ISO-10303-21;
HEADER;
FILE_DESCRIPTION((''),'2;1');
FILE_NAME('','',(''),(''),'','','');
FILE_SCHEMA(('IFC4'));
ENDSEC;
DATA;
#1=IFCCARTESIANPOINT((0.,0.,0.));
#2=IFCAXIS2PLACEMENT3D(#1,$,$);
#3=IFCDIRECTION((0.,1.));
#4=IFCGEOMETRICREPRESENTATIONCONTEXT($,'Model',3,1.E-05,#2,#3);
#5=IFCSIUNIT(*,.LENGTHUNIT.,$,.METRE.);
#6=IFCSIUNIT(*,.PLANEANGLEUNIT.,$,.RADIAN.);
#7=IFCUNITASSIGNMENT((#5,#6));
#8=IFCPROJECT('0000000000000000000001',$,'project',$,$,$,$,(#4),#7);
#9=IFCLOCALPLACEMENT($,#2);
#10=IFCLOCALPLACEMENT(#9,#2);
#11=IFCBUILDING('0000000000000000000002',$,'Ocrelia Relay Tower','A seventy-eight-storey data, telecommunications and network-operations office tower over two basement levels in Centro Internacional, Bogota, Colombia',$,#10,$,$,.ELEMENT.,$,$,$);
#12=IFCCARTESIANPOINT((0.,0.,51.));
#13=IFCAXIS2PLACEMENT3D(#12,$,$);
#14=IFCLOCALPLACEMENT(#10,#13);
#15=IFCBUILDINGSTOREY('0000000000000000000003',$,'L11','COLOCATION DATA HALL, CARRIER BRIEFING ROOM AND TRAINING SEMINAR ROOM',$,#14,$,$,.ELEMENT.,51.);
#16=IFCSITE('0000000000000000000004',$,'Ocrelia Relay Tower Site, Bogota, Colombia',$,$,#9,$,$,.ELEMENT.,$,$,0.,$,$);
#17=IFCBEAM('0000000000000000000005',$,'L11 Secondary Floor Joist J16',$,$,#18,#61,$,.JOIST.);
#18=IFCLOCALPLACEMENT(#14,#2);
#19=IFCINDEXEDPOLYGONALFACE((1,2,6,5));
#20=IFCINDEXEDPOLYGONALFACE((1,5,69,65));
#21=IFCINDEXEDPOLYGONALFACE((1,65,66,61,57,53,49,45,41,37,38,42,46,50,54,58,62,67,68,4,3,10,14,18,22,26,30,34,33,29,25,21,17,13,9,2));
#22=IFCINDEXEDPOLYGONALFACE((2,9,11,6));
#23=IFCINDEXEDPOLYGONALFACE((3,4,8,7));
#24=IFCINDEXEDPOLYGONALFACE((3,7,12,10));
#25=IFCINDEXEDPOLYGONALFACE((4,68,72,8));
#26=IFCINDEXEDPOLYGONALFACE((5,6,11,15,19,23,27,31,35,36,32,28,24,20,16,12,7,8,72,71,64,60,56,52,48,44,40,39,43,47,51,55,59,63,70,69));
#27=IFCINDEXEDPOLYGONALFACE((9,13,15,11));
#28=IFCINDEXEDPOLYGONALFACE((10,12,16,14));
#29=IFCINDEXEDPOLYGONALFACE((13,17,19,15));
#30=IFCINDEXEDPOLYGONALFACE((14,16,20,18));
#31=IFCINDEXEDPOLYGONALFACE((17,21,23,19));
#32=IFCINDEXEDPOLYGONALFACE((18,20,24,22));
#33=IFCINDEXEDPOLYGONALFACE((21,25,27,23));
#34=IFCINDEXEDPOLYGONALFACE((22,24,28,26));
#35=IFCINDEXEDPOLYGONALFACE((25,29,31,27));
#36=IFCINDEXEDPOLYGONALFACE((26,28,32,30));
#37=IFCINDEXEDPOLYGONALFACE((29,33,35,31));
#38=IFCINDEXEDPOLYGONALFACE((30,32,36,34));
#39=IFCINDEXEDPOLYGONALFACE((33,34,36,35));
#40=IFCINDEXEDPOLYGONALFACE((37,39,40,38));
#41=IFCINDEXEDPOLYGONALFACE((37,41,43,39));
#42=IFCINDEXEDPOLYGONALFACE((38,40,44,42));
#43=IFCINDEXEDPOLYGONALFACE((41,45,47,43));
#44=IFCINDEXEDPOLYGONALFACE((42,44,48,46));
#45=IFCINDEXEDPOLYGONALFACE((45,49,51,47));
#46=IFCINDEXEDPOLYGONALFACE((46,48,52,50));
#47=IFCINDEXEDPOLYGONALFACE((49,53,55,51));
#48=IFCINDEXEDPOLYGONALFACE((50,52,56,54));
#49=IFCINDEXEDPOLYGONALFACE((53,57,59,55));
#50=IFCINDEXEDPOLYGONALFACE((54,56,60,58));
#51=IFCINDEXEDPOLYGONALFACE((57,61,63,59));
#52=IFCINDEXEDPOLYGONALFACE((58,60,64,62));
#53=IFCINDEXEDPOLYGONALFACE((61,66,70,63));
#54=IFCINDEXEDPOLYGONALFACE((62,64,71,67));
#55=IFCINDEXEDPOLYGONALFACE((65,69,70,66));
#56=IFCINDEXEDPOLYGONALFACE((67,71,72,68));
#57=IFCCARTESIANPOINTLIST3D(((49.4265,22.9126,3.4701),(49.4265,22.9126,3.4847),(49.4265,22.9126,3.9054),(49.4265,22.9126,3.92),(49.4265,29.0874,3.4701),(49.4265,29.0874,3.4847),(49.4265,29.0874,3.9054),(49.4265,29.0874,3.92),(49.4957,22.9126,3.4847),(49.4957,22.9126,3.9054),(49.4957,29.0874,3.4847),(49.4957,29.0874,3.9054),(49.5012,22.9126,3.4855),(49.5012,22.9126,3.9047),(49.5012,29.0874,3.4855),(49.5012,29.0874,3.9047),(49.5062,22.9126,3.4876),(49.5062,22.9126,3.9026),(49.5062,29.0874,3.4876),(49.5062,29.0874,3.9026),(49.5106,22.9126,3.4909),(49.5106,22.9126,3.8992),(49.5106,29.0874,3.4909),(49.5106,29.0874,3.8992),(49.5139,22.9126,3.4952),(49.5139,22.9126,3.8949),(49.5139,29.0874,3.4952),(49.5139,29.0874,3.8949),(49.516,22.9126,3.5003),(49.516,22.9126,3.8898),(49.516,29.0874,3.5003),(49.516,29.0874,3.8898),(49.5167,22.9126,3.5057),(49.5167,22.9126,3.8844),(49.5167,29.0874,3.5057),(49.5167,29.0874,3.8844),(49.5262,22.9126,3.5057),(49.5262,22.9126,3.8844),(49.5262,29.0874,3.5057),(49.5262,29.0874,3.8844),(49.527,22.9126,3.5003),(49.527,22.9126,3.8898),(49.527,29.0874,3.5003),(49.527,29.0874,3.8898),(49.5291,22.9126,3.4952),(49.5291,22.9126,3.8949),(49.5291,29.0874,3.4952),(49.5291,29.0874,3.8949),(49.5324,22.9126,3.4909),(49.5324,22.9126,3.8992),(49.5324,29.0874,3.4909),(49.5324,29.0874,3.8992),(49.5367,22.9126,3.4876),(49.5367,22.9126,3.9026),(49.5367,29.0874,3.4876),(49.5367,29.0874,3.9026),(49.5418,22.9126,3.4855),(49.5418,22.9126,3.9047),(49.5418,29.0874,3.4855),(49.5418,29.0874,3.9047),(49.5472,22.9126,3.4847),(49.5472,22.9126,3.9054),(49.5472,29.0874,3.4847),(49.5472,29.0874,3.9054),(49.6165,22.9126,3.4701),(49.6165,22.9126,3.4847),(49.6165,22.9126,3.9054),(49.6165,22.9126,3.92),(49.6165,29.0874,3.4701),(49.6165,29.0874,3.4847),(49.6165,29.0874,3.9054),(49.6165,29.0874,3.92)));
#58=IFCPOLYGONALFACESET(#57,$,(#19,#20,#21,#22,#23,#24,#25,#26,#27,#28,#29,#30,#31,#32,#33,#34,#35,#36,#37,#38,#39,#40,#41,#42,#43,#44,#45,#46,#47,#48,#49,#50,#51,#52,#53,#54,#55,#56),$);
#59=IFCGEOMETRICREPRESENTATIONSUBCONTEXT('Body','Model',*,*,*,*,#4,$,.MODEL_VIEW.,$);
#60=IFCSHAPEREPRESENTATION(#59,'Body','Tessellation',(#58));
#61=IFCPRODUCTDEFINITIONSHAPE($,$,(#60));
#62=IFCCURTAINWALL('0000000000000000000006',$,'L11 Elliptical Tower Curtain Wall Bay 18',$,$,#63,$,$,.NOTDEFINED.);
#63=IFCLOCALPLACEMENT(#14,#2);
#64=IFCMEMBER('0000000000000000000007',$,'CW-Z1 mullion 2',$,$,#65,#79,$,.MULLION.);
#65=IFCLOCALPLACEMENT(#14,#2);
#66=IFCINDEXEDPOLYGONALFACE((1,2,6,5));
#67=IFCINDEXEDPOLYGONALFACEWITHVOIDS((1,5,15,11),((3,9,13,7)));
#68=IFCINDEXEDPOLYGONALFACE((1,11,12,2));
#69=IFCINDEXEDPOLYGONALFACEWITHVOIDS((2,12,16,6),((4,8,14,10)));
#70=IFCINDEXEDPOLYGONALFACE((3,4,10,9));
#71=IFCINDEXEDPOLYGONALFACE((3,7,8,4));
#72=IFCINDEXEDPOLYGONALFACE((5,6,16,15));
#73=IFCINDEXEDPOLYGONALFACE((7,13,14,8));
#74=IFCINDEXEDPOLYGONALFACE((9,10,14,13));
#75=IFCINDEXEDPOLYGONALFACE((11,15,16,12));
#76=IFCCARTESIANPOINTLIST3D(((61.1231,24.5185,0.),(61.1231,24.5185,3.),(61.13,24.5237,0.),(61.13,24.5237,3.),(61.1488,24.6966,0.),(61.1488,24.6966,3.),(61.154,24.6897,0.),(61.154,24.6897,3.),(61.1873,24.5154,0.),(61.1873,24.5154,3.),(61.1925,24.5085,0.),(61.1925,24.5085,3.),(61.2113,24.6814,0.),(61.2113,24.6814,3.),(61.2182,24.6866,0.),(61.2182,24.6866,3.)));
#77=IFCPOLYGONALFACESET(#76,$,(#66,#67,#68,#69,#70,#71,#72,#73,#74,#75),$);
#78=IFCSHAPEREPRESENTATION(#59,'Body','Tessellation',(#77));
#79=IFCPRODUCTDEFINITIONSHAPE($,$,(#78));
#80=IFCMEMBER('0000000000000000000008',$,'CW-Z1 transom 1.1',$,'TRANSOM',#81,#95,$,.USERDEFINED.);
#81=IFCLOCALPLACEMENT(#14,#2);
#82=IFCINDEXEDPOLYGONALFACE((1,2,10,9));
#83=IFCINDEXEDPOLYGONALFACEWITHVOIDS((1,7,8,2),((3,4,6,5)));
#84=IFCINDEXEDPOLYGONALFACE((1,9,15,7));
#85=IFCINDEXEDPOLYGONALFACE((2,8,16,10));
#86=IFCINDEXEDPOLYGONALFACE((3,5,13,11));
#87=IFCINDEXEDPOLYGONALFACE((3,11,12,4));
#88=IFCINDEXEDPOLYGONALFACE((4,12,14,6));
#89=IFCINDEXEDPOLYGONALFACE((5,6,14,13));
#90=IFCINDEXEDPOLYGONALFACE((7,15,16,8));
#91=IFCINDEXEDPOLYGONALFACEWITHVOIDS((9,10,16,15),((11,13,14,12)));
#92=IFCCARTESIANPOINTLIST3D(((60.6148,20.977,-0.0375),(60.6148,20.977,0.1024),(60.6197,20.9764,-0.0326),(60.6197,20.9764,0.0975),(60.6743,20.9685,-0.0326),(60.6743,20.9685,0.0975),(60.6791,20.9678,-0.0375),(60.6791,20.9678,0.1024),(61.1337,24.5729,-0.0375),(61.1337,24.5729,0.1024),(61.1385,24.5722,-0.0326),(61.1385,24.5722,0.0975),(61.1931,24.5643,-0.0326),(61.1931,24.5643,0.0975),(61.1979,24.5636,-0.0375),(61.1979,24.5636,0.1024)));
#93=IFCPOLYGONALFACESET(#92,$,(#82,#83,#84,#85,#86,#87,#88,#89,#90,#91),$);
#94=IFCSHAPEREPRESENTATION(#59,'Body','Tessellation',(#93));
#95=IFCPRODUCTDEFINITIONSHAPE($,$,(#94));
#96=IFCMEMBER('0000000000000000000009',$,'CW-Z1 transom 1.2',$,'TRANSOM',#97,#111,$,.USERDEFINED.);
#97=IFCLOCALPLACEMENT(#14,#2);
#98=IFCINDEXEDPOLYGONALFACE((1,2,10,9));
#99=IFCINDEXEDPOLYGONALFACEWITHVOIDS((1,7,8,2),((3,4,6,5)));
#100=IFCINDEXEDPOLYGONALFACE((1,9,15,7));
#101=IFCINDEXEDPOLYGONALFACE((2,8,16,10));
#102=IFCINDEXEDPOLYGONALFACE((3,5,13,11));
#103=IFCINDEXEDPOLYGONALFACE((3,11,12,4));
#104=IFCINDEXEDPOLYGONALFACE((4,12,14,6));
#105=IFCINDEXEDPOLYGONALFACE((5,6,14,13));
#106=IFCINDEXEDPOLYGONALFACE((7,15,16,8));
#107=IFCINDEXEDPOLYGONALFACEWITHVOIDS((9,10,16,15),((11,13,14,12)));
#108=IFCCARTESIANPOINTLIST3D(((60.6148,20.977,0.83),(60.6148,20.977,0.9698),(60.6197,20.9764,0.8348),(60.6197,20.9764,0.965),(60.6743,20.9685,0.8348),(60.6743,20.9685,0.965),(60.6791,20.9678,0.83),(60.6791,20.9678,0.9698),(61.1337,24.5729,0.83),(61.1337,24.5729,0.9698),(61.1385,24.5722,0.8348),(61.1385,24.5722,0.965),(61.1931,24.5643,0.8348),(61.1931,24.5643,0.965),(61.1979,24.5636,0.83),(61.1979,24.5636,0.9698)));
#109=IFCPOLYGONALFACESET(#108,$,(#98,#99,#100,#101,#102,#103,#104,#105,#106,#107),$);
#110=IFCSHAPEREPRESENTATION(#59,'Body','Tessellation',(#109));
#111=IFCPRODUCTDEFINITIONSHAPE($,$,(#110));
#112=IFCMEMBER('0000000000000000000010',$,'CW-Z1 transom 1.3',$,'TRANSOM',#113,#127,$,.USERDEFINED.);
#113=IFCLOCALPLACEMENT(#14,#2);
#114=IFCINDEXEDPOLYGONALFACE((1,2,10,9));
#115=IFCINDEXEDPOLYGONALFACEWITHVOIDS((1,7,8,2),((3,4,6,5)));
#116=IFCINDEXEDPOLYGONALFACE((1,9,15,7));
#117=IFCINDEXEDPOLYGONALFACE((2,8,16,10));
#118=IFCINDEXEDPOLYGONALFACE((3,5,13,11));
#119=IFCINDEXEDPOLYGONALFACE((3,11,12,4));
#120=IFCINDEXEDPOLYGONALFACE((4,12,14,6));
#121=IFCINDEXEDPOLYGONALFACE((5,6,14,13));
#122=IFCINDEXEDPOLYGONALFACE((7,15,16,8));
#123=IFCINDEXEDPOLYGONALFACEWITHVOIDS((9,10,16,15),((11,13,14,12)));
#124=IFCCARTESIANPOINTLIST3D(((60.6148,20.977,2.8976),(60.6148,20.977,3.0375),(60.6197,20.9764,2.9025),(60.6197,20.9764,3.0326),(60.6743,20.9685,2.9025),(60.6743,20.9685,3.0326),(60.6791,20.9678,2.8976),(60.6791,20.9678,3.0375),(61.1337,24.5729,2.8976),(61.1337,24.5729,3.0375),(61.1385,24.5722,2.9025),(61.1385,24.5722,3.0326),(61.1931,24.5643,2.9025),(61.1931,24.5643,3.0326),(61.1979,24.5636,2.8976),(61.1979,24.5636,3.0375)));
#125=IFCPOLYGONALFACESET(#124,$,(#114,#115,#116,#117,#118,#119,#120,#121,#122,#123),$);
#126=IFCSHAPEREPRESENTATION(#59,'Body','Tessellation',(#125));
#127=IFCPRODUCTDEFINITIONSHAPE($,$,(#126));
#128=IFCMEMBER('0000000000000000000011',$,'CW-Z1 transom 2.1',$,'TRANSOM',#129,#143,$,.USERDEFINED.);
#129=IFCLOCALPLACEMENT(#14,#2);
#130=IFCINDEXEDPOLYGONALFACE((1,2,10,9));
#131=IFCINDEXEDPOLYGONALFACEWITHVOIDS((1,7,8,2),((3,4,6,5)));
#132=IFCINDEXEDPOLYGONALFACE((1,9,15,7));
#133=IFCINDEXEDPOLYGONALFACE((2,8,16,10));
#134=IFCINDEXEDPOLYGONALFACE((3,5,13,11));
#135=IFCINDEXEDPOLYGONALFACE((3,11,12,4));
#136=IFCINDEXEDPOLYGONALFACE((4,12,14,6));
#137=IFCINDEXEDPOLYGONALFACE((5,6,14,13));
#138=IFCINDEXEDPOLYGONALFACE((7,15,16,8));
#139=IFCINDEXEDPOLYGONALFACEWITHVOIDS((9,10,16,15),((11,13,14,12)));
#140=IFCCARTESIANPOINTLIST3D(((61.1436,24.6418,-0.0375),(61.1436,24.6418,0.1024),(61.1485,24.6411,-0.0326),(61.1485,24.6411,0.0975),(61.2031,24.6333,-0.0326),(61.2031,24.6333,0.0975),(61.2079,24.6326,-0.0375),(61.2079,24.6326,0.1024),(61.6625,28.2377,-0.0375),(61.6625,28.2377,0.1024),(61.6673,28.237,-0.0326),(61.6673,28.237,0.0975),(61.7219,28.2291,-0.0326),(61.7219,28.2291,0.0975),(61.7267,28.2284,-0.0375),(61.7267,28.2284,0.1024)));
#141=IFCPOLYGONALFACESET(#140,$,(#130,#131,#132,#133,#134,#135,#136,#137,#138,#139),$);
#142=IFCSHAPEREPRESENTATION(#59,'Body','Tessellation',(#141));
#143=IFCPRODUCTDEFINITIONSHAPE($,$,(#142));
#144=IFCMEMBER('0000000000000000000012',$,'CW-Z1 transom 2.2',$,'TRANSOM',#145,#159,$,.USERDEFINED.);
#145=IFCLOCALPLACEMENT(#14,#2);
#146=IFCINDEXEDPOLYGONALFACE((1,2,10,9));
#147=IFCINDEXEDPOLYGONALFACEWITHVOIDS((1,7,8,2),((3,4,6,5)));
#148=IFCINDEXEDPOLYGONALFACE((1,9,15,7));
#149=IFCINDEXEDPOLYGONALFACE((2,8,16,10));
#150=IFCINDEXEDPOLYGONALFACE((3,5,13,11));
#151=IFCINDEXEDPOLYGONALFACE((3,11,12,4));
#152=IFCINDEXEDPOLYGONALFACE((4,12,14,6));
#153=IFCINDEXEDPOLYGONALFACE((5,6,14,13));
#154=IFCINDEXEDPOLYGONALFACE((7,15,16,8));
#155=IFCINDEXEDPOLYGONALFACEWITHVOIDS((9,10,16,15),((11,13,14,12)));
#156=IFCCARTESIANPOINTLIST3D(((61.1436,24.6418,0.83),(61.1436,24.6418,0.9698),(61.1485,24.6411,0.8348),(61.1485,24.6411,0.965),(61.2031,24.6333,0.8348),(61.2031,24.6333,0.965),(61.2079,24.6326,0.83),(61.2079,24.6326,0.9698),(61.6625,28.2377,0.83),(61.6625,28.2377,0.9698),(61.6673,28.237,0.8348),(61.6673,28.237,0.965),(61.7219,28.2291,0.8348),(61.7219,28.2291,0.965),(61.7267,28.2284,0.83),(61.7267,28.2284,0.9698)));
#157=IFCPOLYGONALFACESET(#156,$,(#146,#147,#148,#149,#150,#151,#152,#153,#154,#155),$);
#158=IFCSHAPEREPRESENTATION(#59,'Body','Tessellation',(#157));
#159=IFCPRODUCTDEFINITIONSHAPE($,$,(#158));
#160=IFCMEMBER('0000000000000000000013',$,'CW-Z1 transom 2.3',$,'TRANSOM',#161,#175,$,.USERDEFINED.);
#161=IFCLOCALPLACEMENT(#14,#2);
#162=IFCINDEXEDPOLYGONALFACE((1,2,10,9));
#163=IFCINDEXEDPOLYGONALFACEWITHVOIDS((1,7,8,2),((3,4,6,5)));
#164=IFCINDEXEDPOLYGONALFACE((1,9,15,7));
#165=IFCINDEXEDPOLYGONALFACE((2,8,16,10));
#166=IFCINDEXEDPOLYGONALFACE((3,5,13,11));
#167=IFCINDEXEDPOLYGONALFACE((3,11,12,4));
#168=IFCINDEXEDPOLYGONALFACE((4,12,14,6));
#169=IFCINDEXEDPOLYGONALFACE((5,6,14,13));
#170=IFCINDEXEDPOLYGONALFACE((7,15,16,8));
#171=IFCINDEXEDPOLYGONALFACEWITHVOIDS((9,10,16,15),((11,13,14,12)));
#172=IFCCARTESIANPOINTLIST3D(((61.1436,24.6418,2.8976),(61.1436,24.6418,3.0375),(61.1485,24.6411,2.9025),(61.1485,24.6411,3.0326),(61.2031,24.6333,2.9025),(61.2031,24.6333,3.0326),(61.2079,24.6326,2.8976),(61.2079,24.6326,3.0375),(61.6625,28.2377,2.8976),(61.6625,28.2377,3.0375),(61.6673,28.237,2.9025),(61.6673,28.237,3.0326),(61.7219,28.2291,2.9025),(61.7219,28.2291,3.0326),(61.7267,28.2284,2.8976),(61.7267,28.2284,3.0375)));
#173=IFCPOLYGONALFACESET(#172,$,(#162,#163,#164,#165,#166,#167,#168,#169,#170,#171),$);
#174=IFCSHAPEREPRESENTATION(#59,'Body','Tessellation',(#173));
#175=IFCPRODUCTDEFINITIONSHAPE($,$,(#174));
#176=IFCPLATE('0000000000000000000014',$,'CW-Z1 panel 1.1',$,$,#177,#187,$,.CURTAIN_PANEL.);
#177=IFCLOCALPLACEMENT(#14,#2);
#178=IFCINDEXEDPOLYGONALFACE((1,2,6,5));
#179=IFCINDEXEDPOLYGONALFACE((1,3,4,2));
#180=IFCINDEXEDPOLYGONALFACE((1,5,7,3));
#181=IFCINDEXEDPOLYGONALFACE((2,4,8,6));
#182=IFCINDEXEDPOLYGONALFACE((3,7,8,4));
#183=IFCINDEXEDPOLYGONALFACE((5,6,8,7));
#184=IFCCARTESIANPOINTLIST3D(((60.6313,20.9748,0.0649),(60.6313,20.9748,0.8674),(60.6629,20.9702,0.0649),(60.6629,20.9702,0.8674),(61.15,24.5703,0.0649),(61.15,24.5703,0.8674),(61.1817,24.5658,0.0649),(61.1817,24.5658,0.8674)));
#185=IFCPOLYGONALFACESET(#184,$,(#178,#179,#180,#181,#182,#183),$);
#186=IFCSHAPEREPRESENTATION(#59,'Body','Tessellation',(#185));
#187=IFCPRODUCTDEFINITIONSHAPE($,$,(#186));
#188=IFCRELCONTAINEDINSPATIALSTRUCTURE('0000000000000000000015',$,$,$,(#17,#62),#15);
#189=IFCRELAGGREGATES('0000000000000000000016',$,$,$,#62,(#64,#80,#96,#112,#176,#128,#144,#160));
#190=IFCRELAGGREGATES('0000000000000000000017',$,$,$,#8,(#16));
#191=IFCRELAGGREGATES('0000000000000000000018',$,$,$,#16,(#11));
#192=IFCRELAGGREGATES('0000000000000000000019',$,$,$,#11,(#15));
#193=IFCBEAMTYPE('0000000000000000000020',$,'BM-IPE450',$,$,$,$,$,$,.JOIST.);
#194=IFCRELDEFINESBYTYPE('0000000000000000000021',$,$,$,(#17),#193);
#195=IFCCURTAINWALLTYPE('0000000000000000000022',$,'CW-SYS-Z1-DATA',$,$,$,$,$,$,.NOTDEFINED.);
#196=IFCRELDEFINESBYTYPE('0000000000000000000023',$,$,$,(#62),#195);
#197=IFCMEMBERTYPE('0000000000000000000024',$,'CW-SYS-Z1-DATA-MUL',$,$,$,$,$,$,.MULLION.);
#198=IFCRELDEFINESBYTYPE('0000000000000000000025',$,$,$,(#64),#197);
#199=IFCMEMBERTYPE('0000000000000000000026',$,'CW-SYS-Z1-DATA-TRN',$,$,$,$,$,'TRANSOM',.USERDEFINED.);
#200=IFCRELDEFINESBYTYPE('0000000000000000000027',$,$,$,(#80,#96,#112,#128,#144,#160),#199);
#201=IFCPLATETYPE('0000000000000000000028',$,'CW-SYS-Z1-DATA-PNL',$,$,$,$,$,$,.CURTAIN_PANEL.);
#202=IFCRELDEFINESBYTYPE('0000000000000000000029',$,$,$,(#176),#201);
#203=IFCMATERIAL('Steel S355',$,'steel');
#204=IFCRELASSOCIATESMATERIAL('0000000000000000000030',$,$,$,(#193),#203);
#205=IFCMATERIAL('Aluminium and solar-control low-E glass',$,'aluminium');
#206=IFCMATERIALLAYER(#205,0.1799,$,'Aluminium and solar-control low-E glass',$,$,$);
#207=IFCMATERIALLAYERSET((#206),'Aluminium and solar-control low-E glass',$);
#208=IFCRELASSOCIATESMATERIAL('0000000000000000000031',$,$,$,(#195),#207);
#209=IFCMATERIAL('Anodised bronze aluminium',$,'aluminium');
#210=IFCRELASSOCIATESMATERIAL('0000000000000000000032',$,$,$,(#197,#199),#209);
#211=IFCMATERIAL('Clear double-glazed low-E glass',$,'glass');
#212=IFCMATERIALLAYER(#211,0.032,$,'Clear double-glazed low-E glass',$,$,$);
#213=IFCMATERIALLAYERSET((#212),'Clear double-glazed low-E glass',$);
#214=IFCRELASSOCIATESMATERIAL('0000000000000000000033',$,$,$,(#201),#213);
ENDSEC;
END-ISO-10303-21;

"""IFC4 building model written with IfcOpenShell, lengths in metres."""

from ifc_helpers import new_model, si_unit, direction, frame, origin, origin_2d, place, context, subcontext, project, spatial, rectangle, hollow_rectangle, i_section, extrude, material, layer, layer_set, material_profile, profile_set, type_object, element, aggregate, save


model = new_model("IFC4")

# Units and contexts
model_context = context("Model", 3, precision=1e-05, world=origin(), true_north=direction((0.0, 1.0)))
body_context = subcontext(model_context, "Body", "Model", "MODEL_VIEW")
ifc_project = project(units=[si_unit("LENGTHUNIT", "METRE"), si_unit("PLANEANGLEUNIT", "RADIAN")], contexts=[model_context])

# Site, building, storey
site_placement = place(None, origin())
site = spatial("IfcSite", under=ifc_project, at=site_placement, Name="Ocrelia Relay Tower Site, Bogota, Colombia", CompositionType="ELEMENT", RefElevation=0.0)
building_placement = place(site_placement, origin())
building = spatial("IfcBuilding", under=site, at=building_placement, Name="Ocrelia Relay Tower", Description="A seventy-eight-storey data, telecommunications and network-operations office tower over two basement levels in Centro Internacional, Bogota, Colombia", CompositionType="ELEMENT")
storey_placement = place(building_placement, frame((0.0, 0.0, 51.0)))
storey = spatial("IfcBuildingStorey", under=building, at=storey_placement, Name="L11", Description="COLOCATION DATA HALL, CARRIER BRIEFING ROOM AND TRAINING SEMINAR ROOM", CompositionType="ELEMENT", Elevation=51.0)

# Beam
ifc_material_1 = material(Name="Steel S355", Category="steel")
ifc_material_profile_1 = material_profile(ifc_material_1, i_section(OverallWidth=0.1899, OverallDepth=0.45, WebThickness=0.0095, FlangeThickness=0.0146, FilletRadius=0.021, at=origin_2d()), Name="IPE 450")
ifc_profile_set_1 = profile_set([ifc_material_profile_1], Name="Steel S355")
beam_type_1 = type_object("IfcBeamType", Name="BM-IPE450", PredefinedType="JOIST", material=ifc_profile_set_1)
beam_1_placement = place(storey_placement, frame((49.5215, 22.9126, 3.6951), z_axis=(0.0, 1.0, 0.0), x_axis=(-1.0, 0.0, 0.0)))
element("IfcBeam", 1, at=beam_1_placement, inside=storey, type_object=beam_type_1, Name="L11 Secondary Floor Joist J16", PredefinedType="JOIST", context=body_context, shape_type="SweptSolid", body=[
    extrude(i_section(OverallWidth=0.1899, OverallDepth=0.45, WebThickness=0.0095, FlangeThickness=0.0146, FilletRadius=0.021, at=origin_2d()), origin(), (0.0, 0.0, 1.0), 6.1748),
])

# Curtain wall, members, plate
ifc_material_2 = material(Name="Aluminium and solar-control low-E glass", Category="aluminium")
ifc_layer_1 = layer(ifc_material_2, 0.1799, Name="Aluminium and solar-control low-E glass")
ifc_layer_set_1 = layer_set([ifc_layer_1], Name="Aluminium and solar-control low-E glass")
curtain_wall_type = type_object("IfcCurtainWallType", Name="CW-SYS-Z1-DATA", PredefinedType="NOTDEFINED", material=ifc_layer_set_1)
curtain_wall_placement = place(storey_placement, origin())
curtain_wall = element("IfcCurtainWall", 2, at=curtain_wall_placement, inside=storey, type_object=curtain_wall_type, Name="L11 Elliptical Tower Curtain Wall Bay 18", PredefinedType="NOTDEFINED")
ifc_material_3 = material(Name="Anodised bronze aluminium", Category="aluminium")
ifc_material_profile_2 = material_profile(ifc_material_3, hollow_rectangle(XDim=0.0701, YDim=0.1799, WallThickness=0.0061, at=origin_2d()), Name="CW-MUL-180x70")
ifc_profile_set_2 = profile_set([ifc_material_profile_2], Name="Anodised bronze aluminium")
member_type_1 = type_object("IfcMemberType", Name="CW-SYS-Z1-DATA-MUL", PredefinedType="MULLION", material=ifc_profile_set_2)
member_1_placement = place(storey_placement, frame((61.1707, 24.6025, 0.0), z_axis=(0.0, 0.0, 1.0), x_axis=(-0.989752, 0.1428, 0.0)))
member_1 = element("IfcMember", 3, at=member_1_placement, type_object=member_type_1, Name="CW-Z1 mullion 2", PredefinedType="MULLION", context=body_context, shape_type="SweptSolid", body=[
    extrude(hollow_rectangle(XDim=0.0701, YDim=0.1799, WallThickness=0.0061, at=origin_2d()), origin(), (0.0, 0.0, 1.0), 3.0),
])
ifc_material_profile_3 = material_profile(ifc_material_3, hollow_rectangle(XDim=0.0649, YDim=0.1399, WallThickness=0.0049, at=origin_2d()), Name="CW-TRN-140x65")
ifc_profile_set_3 = profile_set([ifc_material_profile_3], Name="Anodised bronze aluminium")
member_type_2 = type_object("IfcMemberType", Name="CW-SYS-Z1-DATA-TRN", ElementType="TRANSOM", PredefinedType="USERDEFINED", material=ifc_profile_set_3)
member_2_placement = place(storey_placement, frame((60.647, 20.9724, 0.0325), z_axis=(0.142804, 0.989751, 0.0), x_axis=(-0.989751, 0.142804, 0.0)))
member_2 = element("IfcMember", 4, at=member_2_placement, type_object=member_type_2, Name="CW-Z1 transom 1.1", ObjectType="TRANSOM", PredefinedType="USERDEFINED", context=body_context, shape_type="SweptSolid", body=[
    extrude(hollow_rectangle(XDim=0.0649, YDim=0.1399, WallThickness=0.0049, at=origin_2d()), origin(), (0.0, 0.0, 1.0), 3.6331),
])
member_3_placement = place(storey_placement, frame((60.647, 20.9724, 0.8999), z_axis=(0.142804, 0.989751, 0.0), x_axis=(-0.989751, 0.142804, 0.0)))
member_3 = element("IfcMember", 5, at=member_3_placement, type_object=member_type_2, Name="CW-Z1 transom 1.2", ObjectType="TRANSOM", PredefinedType="USERDEFINED", context=body_context, shape_type="SweptSolid", body=[
    extrude(hollow_rectangle(XDim=0.0649, YDim=0.1399, WallThickness=0.0049, at=origin_2d()), origin(), (0.0, 0.0, 1.0), 3.6331),
])
member_4_placement = place(storey_placement, frame((60.647, 20.9724, 2.9675), z_axis=(0.142804, 0.989751, 0.0), x_axis=(-0.989751, 0.142804, 0.0)))
member_4 = element("IfcMember", 6, at=member_4_placement, type_object=member_type_2, Name="CW-Z1 transom 1.3", ObjectType="TRANSOM", PredefinedType="USERDEFINED", context=body_context, shape_type="SweptSolid", body=[
    extrude(hollow_rectangle(XDim=0.0649, YDim=0.1399, WallThickness=0.0049, at=origin_2d()), origin(), (0.0, 0.0, 1.0), 3.6331),
])
member_5_placement = place(storey_placement, frame((61.1758, 24.6372, 0.0325), z_axis=(0.142804, 0.989751, 0.0), x_axis=(-0.989751, 0.142804, 0.0)))
member_5 = element("IfcMember", 7, at=member_5_placement, type_object=member_type_2, Name="CW-Z1 transom 2.1", ObjectType="TRANSOM", PredefinedType="USERDEFINED", context=body_context, shape_type="SweptSolid", body=[
    extrude(hollow_rectangle(XDim=0.0649, YDim=0.1399, WallThickness=0.0049, at=origin_2d()), origin(), (0.0, 0.0, 1.0), 3.6331),
])
member_6_placement = place(storey_placement, frame((61.1758, 24.6372, 0.8999), z_axis=(0.142804, 0.989751, 0.0), x_axis=(-0.989751, 0.142804, 0.0)))
member_6 = element("IfcMember", 8, at=member_6_placement, type_object=member_type_2, Name="CW-Z1 transom 2.2", ObjectType="TRANSOM", PredefinedType="USERDEFINED", context=body_context, shape_type="SweptSolid", body=[
    extrude(hollow_rectangle(XDim=0.0649, YDim=0.1399, WallThickness=0.0049, at=origin_2d()), origin(), (0.0, 0.0, 1.0), 3.6331),
])
member_7_placement = place(storey_placement, frame((61.1758, 24.6372, 2.9675), z_axis=(0.142804, 0.989751, 0.0), x_axis=(-0.989751, 0.142804, 0.0)))
member_7 = element("IfcMember", 9, at=member_7_placement, type_object=member_type_2, Name="CW-Z1 transom 2.3", ObjectType="TRANSOM", PredefinedType="USERDEFINED", context=body_context, shape_type="SweptSolid", body=[
    extrude(hollow_rectangle(XDim=0.0649, YDim=0.1399, WallThickness=0.0049, at=origin_2d()), origin(), (0.0, 0.0, 1.0), 3.6331),
])
ifc_material_4 = material(Name="Clear double-glazed low-E glass", Category="glass")
ifc_layer_2 = layer(ifc_material_4, 0.032, Name="Clear double-glazed low-E glass")
ifc_layer_set_2 = layer_set([ifc_layer_2], Name="Clear double-glazed low-E glass")
plate_type = type_object("IfcPlateType", Name="CW-SYS-Z1-DATA-PNL", PredefinedType="CURTAIN_PANEL", material=ifc_layer_set_2)
plate_1_placement = place(storey_placement, frame((60.9065, 22.7703, 0.0649), z_axis=(0.0, 0.0, 1.0), x_axis=(0.1428, 0.989752, 0.0)))
plate_1 = element("IfcPlate", 10, at=plate_1_placement, type_object=plate_type, Name="CW-Z1 panel 1.1", PredefinedType="CURTAIN_PANEL", context=body_context, shape_type="SweptSolid", body=[
    extrude(rectangle(XDim=3.6328, YDim=0.032, at=origin_2d()), origin(), (0.0, 0.0, 1.0), 0.8025),
])
aggregate(curtain_wall, [member_1, member_2, member_3, member_4, plate_1, member_5, member_6, member_7])

save(model, "model.ifc")
